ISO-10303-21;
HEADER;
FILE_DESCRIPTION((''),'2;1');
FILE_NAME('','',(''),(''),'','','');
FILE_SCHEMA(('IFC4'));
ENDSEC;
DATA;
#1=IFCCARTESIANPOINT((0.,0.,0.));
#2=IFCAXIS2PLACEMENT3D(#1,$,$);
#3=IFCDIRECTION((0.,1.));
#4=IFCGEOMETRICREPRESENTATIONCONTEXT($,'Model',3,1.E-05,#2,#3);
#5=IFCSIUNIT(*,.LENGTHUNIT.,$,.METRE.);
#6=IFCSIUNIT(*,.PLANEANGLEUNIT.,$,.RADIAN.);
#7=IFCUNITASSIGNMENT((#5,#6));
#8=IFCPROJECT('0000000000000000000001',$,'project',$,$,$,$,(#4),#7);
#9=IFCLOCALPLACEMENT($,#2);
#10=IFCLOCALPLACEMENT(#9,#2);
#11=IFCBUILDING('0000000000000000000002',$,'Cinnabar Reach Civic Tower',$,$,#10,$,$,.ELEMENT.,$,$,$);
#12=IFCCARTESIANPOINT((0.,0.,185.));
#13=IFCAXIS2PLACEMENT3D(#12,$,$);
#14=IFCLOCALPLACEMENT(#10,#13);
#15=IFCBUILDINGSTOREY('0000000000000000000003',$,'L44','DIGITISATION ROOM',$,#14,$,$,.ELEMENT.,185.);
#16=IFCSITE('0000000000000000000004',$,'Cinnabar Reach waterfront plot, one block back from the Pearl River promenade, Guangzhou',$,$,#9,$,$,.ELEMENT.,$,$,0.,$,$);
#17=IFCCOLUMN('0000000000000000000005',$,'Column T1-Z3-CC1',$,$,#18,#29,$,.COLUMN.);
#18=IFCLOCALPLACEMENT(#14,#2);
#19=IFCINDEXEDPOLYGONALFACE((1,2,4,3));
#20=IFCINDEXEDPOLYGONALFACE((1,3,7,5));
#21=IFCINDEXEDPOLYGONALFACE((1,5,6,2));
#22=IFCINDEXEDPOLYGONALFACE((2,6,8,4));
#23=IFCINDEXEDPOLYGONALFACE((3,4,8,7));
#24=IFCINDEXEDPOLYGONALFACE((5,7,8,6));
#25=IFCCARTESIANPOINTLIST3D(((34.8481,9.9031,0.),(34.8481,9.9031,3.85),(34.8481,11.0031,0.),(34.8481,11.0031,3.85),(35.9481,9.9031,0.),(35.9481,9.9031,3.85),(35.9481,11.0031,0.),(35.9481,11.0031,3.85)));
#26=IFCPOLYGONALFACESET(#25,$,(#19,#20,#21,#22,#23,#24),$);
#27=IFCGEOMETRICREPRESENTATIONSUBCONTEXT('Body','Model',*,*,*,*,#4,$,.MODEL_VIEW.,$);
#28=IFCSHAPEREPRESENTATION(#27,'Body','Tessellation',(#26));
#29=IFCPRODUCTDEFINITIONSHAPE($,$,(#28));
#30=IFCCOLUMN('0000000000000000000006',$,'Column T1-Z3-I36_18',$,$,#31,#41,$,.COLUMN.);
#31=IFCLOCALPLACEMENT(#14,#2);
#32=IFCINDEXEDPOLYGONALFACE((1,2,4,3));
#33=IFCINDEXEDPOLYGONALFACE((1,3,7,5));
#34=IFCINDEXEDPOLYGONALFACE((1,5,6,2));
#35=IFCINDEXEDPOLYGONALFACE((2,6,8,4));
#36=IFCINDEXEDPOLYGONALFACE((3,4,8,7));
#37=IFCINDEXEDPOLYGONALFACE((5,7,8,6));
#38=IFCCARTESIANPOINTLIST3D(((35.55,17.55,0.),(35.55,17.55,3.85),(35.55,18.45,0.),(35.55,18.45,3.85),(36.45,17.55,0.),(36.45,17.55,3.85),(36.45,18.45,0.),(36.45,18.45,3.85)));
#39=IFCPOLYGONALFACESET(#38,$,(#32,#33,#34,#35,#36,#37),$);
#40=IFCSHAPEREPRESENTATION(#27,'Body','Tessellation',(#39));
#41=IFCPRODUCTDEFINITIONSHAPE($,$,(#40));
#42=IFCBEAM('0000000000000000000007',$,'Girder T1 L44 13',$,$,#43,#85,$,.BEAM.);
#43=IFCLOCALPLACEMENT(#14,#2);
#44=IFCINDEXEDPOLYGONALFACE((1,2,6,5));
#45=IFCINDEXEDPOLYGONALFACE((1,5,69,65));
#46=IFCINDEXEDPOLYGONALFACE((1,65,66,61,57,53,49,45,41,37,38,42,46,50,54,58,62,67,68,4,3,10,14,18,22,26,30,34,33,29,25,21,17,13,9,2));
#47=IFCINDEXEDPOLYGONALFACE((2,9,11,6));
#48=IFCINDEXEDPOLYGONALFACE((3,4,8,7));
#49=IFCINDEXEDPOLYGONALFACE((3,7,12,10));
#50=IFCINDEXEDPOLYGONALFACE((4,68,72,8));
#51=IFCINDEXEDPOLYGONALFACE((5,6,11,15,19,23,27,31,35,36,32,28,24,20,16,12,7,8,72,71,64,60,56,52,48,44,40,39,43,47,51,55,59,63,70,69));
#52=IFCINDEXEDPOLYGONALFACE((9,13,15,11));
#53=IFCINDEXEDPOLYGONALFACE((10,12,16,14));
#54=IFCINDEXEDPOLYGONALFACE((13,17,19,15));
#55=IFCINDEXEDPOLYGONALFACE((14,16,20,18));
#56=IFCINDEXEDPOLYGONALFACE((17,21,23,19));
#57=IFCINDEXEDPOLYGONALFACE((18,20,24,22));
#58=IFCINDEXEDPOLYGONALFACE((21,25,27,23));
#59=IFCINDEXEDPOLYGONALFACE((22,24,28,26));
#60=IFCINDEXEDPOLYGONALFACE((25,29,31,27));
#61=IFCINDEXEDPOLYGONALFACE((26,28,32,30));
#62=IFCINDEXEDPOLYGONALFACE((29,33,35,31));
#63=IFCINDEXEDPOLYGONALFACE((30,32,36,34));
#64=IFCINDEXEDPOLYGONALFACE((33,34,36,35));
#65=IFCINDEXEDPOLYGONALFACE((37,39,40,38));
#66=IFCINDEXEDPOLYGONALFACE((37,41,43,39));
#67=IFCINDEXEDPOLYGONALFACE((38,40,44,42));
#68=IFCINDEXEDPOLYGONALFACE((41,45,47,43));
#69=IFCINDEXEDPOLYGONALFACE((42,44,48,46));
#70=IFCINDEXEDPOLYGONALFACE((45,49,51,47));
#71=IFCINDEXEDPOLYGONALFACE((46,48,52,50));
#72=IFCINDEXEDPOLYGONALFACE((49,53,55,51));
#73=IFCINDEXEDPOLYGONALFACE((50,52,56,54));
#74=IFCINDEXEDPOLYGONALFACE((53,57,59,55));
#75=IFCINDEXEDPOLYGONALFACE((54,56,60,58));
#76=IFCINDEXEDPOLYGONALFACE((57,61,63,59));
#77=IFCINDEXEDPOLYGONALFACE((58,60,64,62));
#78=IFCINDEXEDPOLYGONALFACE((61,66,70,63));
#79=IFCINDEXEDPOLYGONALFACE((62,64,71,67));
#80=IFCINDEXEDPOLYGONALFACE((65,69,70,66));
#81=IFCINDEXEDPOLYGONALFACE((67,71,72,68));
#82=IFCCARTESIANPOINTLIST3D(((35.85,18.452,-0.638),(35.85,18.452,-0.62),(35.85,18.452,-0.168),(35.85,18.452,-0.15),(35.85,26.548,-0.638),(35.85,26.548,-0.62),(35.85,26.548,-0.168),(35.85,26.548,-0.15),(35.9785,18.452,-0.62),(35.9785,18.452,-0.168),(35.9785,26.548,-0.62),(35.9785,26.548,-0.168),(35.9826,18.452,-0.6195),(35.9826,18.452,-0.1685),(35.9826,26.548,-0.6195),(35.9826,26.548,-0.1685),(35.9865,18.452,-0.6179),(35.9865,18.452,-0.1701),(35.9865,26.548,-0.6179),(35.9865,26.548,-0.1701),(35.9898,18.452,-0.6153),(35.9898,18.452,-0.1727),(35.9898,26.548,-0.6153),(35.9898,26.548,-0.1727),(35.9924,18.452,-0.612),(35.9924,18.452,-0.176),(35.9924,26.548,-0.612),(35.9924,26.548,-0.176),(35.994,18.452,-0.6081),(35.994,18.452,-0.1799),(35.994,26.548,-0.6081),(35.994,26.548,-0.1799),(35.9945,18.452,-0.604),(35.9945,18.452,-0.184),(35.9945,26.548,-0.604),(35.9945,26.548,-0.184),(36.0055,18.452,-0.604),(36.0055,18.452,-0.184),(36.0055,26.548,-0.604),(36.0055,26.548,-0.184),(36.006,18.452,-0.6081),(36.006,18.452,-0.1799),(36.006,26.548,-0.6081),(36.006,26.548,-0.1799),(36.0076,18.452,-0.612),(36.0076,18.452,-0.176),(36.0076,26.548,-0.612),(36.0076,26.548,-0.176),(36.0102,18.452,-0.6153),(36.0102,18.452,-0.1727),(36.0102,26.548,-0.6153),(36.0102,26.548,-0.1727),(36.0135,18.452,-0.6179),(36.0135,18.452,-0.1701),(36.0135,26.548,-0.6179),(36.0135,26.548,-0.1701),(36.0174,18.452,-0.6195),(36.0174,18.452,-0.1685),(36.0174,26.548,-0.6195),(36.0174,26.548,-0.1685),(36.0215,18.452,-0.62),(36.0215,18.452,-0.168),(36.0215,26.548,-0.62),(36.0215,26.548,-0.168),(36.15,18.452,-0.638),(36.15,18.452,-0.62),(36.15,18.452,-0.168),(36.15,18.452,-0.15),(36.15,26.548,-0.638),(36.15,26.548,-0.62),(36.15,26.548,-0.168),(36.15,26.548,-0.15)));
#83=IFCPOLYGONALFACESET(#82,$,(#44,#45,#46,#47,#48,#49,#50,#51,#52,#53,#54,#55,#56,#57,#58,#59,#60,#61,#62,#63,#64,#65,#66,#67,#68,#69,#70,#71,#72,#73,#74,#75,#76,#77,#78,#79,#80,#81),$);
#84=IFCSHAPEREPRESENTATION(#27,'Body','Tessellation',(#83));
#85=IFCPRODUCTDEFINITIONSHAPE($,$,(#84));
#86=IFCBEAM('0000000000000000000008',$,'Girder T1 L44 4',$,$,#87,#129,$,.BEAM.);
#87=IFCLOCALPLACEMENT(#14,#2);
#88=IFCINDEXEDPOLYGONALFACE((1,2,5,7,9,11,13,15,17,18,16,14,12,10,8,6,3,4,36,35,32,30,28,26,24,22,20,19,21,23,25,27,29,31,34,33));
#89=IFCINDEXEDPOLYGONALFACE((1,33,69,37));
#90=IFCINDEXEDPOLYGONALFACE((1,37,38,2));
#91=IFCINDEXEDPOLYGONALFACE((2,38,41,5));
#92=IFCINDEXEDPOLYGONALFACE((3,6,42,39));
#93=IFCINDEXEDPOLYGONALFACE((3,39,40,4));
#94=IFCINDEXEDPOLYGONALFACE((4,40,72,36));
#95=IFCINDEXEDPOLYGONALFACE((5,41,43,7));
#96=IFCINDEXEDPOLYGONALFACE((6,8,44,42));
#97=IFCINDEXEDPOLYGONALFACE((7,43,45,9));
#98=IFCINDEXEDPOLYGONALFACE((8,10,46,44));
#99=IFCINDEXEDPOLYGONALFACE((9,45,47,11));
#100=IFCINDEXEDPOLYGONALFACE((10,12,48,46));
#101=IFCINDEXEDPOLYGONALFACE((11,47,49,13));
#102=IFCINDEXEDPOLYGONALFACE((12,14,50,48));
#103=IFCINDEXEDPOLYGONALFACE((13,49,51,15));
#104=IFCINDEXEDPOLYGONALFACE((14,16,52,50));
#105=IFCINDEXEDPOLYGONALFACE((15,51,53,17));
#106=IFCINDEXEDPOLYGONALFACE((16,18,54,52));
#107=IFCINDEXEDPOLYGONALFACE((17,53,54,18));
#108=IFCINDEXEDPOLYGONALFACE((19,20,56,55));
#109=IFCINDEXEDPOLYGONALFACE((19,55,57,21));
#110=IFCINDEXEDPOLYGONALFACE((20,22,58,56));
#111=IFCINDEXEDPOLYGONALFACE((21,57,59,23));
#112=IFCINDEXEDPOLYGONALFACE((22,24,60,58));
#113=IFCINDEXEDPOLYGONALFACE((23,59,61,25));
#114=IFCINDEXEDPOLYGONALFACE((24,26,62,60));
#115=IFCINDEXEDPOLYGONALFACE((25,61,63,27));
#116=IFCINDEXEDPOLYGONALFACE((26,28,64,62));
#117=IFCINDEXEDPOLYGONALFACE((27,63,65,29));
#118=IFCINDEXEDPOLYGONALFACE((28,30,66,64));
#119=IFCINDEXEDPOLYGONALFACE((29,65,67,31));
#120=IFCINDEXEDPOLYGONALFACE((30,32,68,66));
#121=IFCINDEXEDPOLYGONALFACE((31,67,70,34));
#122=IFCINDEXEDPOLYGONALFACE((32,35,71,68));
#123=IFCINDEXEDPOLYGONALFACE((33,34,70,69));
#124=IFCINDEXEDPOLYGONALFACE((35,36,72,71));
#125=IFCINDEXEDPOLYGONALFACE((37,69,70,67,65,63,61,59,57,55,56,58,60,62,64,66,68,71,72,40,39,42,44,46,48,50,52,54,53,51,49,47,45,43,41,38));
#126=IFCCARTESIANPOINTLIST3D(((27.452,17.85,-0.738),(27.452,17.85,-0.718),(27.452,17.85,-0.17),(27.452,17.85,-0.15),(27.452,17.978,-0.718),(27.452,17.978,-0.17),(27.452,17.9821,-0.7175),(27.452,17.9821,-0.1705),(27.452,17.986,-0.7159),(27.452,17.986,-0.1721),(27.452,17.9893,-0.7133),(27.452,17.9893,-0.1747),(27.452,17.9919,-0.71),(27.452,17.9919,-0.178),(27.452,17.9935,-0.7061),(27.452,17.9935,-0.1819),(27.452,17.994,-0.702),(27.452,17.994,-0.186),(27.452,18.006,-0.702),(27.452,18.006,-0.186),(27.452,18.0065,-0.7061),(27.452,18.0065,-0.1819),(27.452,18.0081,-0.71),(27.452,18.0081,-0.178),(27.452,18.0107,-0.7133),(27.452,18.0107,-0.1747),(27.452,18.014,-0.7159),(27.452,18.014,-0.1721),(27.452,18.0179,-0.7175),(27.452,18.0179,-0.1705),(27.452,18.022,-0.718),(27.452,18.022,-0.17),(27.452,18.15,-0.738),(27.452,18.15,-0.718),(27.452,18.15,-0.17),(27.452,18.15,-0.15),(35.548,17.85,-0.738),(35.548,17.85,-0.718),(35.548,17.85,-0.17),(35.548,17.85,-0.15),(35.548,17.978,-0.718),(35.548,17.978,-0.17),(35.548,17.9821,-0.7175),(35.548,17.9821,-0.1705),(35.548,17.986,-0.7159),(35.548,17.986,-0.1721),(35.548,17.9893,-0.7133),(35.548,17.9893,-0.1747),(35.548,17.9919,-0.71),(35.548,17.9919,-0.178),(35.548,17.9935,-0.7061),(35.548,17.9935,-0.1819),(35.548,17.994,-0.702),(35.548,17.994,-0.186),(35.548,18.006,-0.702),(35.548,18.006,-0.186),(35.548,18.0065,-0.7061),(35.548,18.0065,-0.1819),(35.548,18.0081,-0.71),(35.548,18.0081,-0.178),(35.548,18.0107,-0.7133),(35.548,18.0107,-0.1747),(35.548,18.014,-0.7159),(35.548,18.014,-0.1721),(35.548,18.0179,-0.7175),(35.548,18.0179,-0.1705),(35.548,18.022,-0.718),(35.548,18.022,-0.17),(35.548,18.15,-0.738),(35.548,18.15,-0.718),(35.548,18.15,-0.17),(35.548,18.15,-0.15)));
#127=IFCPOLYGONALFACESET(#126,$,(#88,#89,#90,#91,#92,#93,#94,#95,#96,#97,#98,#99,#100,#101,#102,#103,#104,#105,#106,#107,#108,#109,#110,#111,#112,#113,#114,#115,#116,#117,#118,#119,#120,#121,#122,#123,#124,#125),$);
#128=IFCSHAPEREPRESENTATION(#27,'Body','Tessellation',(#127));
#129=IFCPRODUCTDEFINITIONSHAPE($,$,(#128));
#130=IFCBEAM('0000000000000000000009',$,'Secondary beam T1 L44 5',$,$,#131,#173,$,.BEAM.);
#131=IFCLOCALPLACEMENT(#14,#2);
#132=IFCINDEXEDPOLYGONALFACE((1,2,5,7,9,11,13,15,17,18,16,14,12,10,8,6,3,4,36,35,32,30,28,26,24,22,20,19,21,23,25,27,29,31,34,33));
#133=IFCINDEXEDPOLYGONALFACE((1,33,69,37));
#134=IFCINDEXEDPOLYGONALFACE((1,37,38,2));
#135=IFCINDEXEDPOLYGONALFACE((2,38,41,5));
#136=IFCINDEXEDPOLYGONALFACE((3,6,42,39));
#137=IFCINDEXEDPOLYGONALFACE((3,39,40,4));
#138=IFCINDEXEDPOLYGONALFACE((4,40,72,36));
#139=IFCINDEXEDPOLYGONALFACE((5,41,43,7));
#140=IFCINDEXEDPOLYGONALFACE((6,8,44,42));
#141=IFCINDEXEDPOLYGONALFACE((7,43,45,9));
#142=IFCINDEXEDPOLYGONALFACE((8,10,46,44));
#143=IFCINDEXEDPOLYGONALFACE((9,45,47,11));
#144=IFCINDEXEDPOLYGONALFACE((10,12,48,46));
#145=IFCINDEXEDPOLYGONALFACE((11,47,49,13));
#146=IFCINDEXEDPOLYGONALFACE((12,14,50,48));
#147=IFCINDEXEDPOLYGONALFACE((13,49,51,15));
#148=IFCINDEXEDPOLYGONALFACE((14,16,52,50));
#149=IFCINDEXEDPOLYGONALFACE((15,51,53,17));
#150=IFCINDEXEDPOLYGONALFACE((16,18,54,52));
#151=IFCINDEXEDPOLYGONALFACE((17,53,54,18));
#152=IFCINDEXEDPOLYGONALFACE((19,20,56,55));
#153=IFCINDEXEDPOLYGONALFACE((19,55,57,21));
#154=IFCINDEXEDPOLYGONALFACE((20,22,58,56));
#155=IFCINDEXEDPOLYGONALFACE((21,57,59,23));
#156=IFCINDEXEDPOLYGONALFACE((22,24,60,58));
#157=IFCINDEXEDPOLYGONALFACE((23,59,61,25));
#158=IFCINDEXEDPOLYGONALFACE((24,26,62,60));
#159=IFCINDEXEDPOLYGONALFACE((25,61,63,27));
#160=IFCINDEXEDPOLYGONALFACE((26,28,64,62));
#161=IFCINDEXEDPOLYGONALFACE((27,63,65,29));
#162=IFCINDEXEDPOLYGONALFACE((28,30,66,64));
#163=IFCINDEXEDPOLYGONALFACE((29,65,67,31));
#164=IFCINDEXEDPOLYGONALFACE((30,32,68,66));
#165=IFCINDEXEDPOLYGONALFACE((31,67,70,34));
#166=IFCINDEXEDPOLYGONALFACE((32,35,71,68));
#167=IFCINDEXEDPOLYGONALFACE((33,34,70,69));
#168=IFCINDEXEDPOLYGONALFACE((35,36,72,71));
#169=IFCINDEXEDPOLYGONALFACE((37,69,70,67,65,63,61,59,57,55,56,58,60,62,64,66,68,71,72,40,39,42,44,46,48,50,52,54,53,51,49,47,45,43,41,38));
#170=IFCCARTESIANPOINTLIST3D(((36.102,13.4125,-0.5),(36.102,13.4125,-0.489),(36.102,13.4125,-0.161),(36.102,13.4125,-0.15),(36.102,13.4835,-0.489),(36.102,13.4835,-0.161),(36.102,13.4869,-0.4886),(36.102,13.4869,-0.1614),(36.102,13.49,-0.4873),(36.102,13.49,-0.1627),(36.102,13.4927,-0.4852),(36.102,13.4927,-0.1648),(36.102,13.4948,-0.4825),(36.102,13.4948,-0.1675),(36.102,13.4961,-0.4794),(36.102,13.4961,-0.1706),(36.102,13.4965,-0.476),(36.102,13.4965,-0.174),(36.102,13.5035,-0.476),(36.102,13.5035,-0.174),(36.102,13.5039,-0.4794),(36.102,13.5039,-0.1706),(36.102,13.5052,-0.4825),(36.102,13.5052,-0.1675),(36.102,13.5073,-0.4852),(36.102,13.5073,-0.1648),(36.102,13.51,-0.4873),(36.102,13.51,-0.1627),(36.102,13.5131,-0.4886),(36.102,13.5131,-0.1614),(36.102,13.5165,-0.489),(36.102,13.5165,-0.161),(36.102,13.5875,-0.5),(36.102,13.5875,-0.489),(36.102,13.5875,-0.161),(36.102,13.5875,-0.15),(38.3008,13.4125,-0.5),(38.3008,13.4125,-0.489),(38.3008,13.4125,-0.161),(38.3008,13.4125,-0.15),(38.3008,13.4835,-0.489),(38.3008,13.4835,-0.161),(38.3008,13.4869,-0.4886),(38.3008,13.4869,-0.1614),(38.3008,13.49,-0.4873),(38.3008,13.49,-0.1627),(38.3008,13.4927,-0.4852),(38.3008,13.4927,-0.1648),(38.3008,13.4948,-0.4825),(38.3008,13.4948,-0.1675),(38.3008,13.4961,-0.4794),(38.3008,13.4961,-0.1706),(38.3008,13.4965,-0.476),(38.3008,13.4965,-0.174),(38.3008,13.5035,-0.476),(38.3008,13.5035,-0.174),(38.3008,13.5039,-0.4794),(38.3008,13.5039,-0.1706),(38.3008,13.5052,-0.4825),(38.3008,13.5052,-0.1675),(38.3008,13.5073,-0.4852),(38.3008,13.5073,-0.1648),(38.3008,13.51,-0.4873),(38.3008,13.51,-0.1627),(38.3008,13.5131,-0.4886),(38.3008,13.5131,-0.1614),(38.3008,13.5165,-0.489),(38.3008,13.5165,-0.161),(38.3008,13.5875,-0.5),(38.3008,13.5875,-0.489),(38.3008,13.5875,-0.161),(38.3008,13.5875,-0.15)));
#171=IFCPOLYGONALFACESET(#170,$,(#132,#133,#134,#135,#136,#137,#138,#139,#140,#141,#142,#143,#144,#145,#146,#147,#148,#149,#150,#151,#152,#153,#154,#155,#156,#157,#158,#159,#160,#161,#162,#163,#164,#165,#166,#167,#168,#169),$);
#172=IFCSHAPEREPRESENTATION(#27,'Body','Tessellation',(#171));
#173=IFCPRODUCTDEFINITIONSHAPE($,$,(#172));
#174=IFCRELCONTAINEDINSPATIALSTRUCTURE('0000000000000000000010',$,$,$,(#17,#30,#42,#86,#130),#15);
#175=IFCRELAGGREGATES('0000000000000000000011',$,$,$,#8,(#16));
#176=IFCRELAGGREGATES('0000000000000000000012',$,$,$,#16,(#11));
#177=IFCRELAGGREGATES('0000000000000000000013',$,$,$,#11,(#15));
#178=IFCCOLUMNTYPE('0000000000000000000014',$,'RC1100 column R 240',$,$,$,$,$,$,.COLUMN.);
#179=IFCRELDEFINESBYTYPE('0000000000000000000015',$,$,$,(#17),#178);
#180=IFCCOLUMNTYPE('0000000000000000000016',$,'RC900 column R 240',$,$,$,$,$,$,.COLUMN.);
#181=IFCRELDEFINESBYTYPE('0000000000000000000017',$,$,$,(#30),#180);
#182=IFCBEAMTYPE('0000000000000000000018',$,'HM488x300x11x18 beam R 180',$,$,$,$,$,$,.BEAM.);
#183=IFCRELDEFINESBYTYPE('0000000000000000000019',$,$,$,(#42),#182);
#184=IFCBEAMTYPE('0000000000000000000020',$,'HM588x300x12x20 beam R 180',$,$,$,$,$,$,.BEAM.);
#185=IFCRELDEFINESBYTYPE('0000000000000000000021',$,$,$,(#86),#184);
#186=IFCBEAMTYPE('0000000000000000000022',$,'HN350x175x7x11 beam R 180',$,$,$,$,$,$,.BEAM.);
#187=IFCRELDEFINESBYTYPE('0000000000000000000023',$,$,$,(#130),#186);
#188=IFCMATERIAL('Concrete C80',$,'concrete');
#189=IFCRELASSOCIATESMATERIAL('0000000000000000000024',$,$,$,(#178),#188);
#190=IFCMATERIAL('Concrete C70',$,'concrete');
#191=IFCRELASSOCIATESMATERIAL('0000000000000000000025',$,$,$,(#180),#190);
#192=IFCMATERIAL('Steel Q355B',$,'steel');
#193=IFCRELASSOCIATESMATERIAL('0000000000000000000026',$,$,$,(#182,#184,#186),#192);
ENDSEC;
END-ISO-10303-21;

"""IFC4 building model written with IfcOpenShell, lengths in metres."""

from ifc_helpers import new_model, si_unit, direction, frame, origin, origin_2d, place, context, subcontext, project, spatial, rectangle, i_section, extrude, material, material_profile, profile_set, type_object, element, save


model = new_model("IFC4")

# Units and contexts
model_context = context("Model", 3, precision=1e-05, world=origin(), true_north=direction((0.0, 1.0)))
body_context = subcontext(model_context, "Body", "Model", "MODEL_VIEW")
ifc_project = project(units=[si_unit("LENGTHUNIT", "METRE"), si_unit("PLANEANGLEUNIT", "RADIAN")], contexts=[model_context])

# Site, building, storey
site_placement = place(None, origin())
site = spatial("IfcSite", under=ifc_project, at=site_placement, Name="Cinnabar Reach waterfront plot, one block back from the Pearl River promenade, Guangzhou", CompositionType="ELEMENT", RefElevation=0.0)
building_placement = place(site_placement, origin())
building = spatial("IfcBuilding", under=site, at=building_placement, Name="Cinnabar Reach Civic Tower", CompositionType="ELEMENT")
storey_placement = place(building_placement, frame((0.0, 0.0, 185.0)))
storey = spatial("IfcBuildingStorey", under=building, at=storey_placement, Name="L44", Description="DIGITISATION ROOM", CompositionType="ELEMENT", Elevation=185.0)

# Columns
ifc_material_1 = material(Name="Concrete C80", Category="concrete")
ifc_material_profile_1 = material_profile(ifc_material_1, rectangle(XDim=1.1, YDim=1.1, at=origin_2d()), Name="RC1100")
ifc_profile_set_1 = profile_set([ifc_material_profile_1], Name="Concrete C80")
column_type_1 = type_object("IfcColumnType", Name="RC1100 column R 240", PredefinedType="COLUMN", material=ifc_profile_set_1)
column_1_placement = place(storey_placement, frame((35.3981, 10.4531, 0.0), z_axis=(0.0, 0.0, 1.0), x_axis=(1.0, 0.0, 0.0)))
element("IfcColumn", 1, at=column_1_placement, inside=storey, type_object=column_type_1, Name="Column T1-Z3-CC1", PredefinedType="COLUMN", context=body_context, shape_type="SweptSolid", body=[
    extrude(rectangle(XDim=1.1, YDim=1.1, at=origin_2d()), origin(), (0.0, 0.0, 1.0), 3.85),
])
ifc_material_2 = material(Name="Concrete C70", Category="concrete")
ifc_material_profile_2 = material_profile(ifc_material_2, rectangle(XDim=0.9, YDim=0.9, at=origin_2d()), Name="RC900")
ifc_profile_set_2 = profile_set([ifc_material_profile_2], Name="Concrete C70")
column_type_2 = type_object("IfcColumnType", Name="RC900 column R 240", PredefinedType="COLUMN", material=ifc_profile_set_2)
column_2_placement = place(storey_placement, frame((36.0, 18.0, 0.0), z_axis=(0.0, 0.0, 1.0), x_axis=(1.0, 0.0, 0.0)))
element("IfcColumn", 2, at=column_2_placement, inside=storey, type_object=column_type_2, Name="Column T1-Z3-I36_18", PredefinedType="COLUMN", context=body_context, shape_type="SweptSolid", body=[
    extrude(rectangle(XDim=0.9, YDim=0.9, at=origin_2d()), origin(), (0.0, 0.0, 1.0), 3.85),
])

# Beams
ifc_material_3 = material(Name="Steel Q355B", Category="steel")
ifc_material_profile_3 = material_profile(ifc_material_3, i_section(OverallWidth=0.3, OverallDepth=0.488, WebThickness=0.011, FlangeThickness=0.018, FilletRadius=0.016, at=origin_2d()), Name="HM488x300x11x18")
ifc_profile_set_3 = profile_set([ifc_material_profile_3], Name="Steel Q355B")
beam_type_1 = type_object("IfcBeamType", Name="HM488x300x11x18 beam R 180", PredefinedType="BEAM", material=ifc_profile_set_3)
beam_1_placement = place(storey_placement, frame((36.0, 18.452, -0.394), z_axis=(0.0, 1.0, 0.0), x_axis=(-1.0, 0.0, 0.0)))
element("IfcBeam", 3, at=beam_1_placement, inside=storey, type_object=beam_type_1, Name="Girder T1 L44 13", PredefinedType="BEAM", context=body_context, shape_type="SweptSolid", body=[
    extrude(i_section(OverallWidth=0.3, OverallDepth=0.488, WebThickness=0.011, FlangeThickness=0.018, FilletRadius=0.016, at=origin_2d()), origin(), (0.0, 0.0, 1.0), 8.096),
])
ifc_material_profile_4 = material_profile(ifc_material_3, i_section(OverallWidth=0.3, OverallDepth=0.588, WebThickness=0.012, FlangeThickness=0.02, FilletRadius=0.016, at=origin_2d()), Name="HM588x300x12x20")
ifc_profile_set_4 = profile_set([ifc_material_profile_4], Name="Steel Q355B")
beam_type_2 = type_object("IfcBeamType", Name="HM588x300x12x20 beam R 180", PredefinedType="BEAM", material=ifc_profile_set_4)
beam_2_placement = place(storey_placement, frame((27.452, 18.0, -0.444), z_axis=(1.0, 0.0, 0.0), x_axis=(0.0, 1.0, 0.0)))
element("IfcBeam", 4, at=beam_2_placement, inside=storey, type_object=beam_type_2, Name="Girder T1 L44 4", PredefinedType="BEAM", context=body_context, shape_type="SweptSolid", body=[
    extrude(i_section(OverallWidth=0.3, OverallDepth=0.588, WebThickness=0.012, FlangeThickness=0.02, FilletRadius=0.016, at=origin_2d()), origin(), (0.0, 0.0, 1.0), 8.096),
])
ifc_material_profile_5 = material_profile(ifc_material_3, i_section(OverallWidth=0.175, OverallDepth=0.35, WebThickness=0.007, FlangeThickness=0.011, FilletRadius=0.013, at=origin_2d()), Name="HN350x175x7x11")
ifc_profile_set_5 = profile_set([ifc_material_profile_5], Name="Steel Q355B")
beam_type_3 = type_object("IfcBeamType", Name="HN350x175x7x11 beam R 180", PredefinedType="BEAM", material=ifc_profile_set_5)
beam_3_placement = place(storey_placement, frame((36.102, 13.5, -0.325), z_axis=(1.0, 0.0, 0.0), x_axis=(0.0, 1.0, 0.0)))
element("IfcBeam", 5, at=beam_3_placement, inside=storey, type_object=beam_type_3, Name="Secondary beam T1 L44 5", PredefinedType="BEAM", context=body_context, shape_type="SweptSolid", body=[
    extrude(i_section(OverallWidth=0.175, OverallDepth=0.35, WebThickness=0.007, FlangeThickness=0.011, FilletRadius=0.013, at=origin_2d()), origin(), (0.0, 0.0, 1.0), 2.1988),
])

save(model, "model.ifc")
